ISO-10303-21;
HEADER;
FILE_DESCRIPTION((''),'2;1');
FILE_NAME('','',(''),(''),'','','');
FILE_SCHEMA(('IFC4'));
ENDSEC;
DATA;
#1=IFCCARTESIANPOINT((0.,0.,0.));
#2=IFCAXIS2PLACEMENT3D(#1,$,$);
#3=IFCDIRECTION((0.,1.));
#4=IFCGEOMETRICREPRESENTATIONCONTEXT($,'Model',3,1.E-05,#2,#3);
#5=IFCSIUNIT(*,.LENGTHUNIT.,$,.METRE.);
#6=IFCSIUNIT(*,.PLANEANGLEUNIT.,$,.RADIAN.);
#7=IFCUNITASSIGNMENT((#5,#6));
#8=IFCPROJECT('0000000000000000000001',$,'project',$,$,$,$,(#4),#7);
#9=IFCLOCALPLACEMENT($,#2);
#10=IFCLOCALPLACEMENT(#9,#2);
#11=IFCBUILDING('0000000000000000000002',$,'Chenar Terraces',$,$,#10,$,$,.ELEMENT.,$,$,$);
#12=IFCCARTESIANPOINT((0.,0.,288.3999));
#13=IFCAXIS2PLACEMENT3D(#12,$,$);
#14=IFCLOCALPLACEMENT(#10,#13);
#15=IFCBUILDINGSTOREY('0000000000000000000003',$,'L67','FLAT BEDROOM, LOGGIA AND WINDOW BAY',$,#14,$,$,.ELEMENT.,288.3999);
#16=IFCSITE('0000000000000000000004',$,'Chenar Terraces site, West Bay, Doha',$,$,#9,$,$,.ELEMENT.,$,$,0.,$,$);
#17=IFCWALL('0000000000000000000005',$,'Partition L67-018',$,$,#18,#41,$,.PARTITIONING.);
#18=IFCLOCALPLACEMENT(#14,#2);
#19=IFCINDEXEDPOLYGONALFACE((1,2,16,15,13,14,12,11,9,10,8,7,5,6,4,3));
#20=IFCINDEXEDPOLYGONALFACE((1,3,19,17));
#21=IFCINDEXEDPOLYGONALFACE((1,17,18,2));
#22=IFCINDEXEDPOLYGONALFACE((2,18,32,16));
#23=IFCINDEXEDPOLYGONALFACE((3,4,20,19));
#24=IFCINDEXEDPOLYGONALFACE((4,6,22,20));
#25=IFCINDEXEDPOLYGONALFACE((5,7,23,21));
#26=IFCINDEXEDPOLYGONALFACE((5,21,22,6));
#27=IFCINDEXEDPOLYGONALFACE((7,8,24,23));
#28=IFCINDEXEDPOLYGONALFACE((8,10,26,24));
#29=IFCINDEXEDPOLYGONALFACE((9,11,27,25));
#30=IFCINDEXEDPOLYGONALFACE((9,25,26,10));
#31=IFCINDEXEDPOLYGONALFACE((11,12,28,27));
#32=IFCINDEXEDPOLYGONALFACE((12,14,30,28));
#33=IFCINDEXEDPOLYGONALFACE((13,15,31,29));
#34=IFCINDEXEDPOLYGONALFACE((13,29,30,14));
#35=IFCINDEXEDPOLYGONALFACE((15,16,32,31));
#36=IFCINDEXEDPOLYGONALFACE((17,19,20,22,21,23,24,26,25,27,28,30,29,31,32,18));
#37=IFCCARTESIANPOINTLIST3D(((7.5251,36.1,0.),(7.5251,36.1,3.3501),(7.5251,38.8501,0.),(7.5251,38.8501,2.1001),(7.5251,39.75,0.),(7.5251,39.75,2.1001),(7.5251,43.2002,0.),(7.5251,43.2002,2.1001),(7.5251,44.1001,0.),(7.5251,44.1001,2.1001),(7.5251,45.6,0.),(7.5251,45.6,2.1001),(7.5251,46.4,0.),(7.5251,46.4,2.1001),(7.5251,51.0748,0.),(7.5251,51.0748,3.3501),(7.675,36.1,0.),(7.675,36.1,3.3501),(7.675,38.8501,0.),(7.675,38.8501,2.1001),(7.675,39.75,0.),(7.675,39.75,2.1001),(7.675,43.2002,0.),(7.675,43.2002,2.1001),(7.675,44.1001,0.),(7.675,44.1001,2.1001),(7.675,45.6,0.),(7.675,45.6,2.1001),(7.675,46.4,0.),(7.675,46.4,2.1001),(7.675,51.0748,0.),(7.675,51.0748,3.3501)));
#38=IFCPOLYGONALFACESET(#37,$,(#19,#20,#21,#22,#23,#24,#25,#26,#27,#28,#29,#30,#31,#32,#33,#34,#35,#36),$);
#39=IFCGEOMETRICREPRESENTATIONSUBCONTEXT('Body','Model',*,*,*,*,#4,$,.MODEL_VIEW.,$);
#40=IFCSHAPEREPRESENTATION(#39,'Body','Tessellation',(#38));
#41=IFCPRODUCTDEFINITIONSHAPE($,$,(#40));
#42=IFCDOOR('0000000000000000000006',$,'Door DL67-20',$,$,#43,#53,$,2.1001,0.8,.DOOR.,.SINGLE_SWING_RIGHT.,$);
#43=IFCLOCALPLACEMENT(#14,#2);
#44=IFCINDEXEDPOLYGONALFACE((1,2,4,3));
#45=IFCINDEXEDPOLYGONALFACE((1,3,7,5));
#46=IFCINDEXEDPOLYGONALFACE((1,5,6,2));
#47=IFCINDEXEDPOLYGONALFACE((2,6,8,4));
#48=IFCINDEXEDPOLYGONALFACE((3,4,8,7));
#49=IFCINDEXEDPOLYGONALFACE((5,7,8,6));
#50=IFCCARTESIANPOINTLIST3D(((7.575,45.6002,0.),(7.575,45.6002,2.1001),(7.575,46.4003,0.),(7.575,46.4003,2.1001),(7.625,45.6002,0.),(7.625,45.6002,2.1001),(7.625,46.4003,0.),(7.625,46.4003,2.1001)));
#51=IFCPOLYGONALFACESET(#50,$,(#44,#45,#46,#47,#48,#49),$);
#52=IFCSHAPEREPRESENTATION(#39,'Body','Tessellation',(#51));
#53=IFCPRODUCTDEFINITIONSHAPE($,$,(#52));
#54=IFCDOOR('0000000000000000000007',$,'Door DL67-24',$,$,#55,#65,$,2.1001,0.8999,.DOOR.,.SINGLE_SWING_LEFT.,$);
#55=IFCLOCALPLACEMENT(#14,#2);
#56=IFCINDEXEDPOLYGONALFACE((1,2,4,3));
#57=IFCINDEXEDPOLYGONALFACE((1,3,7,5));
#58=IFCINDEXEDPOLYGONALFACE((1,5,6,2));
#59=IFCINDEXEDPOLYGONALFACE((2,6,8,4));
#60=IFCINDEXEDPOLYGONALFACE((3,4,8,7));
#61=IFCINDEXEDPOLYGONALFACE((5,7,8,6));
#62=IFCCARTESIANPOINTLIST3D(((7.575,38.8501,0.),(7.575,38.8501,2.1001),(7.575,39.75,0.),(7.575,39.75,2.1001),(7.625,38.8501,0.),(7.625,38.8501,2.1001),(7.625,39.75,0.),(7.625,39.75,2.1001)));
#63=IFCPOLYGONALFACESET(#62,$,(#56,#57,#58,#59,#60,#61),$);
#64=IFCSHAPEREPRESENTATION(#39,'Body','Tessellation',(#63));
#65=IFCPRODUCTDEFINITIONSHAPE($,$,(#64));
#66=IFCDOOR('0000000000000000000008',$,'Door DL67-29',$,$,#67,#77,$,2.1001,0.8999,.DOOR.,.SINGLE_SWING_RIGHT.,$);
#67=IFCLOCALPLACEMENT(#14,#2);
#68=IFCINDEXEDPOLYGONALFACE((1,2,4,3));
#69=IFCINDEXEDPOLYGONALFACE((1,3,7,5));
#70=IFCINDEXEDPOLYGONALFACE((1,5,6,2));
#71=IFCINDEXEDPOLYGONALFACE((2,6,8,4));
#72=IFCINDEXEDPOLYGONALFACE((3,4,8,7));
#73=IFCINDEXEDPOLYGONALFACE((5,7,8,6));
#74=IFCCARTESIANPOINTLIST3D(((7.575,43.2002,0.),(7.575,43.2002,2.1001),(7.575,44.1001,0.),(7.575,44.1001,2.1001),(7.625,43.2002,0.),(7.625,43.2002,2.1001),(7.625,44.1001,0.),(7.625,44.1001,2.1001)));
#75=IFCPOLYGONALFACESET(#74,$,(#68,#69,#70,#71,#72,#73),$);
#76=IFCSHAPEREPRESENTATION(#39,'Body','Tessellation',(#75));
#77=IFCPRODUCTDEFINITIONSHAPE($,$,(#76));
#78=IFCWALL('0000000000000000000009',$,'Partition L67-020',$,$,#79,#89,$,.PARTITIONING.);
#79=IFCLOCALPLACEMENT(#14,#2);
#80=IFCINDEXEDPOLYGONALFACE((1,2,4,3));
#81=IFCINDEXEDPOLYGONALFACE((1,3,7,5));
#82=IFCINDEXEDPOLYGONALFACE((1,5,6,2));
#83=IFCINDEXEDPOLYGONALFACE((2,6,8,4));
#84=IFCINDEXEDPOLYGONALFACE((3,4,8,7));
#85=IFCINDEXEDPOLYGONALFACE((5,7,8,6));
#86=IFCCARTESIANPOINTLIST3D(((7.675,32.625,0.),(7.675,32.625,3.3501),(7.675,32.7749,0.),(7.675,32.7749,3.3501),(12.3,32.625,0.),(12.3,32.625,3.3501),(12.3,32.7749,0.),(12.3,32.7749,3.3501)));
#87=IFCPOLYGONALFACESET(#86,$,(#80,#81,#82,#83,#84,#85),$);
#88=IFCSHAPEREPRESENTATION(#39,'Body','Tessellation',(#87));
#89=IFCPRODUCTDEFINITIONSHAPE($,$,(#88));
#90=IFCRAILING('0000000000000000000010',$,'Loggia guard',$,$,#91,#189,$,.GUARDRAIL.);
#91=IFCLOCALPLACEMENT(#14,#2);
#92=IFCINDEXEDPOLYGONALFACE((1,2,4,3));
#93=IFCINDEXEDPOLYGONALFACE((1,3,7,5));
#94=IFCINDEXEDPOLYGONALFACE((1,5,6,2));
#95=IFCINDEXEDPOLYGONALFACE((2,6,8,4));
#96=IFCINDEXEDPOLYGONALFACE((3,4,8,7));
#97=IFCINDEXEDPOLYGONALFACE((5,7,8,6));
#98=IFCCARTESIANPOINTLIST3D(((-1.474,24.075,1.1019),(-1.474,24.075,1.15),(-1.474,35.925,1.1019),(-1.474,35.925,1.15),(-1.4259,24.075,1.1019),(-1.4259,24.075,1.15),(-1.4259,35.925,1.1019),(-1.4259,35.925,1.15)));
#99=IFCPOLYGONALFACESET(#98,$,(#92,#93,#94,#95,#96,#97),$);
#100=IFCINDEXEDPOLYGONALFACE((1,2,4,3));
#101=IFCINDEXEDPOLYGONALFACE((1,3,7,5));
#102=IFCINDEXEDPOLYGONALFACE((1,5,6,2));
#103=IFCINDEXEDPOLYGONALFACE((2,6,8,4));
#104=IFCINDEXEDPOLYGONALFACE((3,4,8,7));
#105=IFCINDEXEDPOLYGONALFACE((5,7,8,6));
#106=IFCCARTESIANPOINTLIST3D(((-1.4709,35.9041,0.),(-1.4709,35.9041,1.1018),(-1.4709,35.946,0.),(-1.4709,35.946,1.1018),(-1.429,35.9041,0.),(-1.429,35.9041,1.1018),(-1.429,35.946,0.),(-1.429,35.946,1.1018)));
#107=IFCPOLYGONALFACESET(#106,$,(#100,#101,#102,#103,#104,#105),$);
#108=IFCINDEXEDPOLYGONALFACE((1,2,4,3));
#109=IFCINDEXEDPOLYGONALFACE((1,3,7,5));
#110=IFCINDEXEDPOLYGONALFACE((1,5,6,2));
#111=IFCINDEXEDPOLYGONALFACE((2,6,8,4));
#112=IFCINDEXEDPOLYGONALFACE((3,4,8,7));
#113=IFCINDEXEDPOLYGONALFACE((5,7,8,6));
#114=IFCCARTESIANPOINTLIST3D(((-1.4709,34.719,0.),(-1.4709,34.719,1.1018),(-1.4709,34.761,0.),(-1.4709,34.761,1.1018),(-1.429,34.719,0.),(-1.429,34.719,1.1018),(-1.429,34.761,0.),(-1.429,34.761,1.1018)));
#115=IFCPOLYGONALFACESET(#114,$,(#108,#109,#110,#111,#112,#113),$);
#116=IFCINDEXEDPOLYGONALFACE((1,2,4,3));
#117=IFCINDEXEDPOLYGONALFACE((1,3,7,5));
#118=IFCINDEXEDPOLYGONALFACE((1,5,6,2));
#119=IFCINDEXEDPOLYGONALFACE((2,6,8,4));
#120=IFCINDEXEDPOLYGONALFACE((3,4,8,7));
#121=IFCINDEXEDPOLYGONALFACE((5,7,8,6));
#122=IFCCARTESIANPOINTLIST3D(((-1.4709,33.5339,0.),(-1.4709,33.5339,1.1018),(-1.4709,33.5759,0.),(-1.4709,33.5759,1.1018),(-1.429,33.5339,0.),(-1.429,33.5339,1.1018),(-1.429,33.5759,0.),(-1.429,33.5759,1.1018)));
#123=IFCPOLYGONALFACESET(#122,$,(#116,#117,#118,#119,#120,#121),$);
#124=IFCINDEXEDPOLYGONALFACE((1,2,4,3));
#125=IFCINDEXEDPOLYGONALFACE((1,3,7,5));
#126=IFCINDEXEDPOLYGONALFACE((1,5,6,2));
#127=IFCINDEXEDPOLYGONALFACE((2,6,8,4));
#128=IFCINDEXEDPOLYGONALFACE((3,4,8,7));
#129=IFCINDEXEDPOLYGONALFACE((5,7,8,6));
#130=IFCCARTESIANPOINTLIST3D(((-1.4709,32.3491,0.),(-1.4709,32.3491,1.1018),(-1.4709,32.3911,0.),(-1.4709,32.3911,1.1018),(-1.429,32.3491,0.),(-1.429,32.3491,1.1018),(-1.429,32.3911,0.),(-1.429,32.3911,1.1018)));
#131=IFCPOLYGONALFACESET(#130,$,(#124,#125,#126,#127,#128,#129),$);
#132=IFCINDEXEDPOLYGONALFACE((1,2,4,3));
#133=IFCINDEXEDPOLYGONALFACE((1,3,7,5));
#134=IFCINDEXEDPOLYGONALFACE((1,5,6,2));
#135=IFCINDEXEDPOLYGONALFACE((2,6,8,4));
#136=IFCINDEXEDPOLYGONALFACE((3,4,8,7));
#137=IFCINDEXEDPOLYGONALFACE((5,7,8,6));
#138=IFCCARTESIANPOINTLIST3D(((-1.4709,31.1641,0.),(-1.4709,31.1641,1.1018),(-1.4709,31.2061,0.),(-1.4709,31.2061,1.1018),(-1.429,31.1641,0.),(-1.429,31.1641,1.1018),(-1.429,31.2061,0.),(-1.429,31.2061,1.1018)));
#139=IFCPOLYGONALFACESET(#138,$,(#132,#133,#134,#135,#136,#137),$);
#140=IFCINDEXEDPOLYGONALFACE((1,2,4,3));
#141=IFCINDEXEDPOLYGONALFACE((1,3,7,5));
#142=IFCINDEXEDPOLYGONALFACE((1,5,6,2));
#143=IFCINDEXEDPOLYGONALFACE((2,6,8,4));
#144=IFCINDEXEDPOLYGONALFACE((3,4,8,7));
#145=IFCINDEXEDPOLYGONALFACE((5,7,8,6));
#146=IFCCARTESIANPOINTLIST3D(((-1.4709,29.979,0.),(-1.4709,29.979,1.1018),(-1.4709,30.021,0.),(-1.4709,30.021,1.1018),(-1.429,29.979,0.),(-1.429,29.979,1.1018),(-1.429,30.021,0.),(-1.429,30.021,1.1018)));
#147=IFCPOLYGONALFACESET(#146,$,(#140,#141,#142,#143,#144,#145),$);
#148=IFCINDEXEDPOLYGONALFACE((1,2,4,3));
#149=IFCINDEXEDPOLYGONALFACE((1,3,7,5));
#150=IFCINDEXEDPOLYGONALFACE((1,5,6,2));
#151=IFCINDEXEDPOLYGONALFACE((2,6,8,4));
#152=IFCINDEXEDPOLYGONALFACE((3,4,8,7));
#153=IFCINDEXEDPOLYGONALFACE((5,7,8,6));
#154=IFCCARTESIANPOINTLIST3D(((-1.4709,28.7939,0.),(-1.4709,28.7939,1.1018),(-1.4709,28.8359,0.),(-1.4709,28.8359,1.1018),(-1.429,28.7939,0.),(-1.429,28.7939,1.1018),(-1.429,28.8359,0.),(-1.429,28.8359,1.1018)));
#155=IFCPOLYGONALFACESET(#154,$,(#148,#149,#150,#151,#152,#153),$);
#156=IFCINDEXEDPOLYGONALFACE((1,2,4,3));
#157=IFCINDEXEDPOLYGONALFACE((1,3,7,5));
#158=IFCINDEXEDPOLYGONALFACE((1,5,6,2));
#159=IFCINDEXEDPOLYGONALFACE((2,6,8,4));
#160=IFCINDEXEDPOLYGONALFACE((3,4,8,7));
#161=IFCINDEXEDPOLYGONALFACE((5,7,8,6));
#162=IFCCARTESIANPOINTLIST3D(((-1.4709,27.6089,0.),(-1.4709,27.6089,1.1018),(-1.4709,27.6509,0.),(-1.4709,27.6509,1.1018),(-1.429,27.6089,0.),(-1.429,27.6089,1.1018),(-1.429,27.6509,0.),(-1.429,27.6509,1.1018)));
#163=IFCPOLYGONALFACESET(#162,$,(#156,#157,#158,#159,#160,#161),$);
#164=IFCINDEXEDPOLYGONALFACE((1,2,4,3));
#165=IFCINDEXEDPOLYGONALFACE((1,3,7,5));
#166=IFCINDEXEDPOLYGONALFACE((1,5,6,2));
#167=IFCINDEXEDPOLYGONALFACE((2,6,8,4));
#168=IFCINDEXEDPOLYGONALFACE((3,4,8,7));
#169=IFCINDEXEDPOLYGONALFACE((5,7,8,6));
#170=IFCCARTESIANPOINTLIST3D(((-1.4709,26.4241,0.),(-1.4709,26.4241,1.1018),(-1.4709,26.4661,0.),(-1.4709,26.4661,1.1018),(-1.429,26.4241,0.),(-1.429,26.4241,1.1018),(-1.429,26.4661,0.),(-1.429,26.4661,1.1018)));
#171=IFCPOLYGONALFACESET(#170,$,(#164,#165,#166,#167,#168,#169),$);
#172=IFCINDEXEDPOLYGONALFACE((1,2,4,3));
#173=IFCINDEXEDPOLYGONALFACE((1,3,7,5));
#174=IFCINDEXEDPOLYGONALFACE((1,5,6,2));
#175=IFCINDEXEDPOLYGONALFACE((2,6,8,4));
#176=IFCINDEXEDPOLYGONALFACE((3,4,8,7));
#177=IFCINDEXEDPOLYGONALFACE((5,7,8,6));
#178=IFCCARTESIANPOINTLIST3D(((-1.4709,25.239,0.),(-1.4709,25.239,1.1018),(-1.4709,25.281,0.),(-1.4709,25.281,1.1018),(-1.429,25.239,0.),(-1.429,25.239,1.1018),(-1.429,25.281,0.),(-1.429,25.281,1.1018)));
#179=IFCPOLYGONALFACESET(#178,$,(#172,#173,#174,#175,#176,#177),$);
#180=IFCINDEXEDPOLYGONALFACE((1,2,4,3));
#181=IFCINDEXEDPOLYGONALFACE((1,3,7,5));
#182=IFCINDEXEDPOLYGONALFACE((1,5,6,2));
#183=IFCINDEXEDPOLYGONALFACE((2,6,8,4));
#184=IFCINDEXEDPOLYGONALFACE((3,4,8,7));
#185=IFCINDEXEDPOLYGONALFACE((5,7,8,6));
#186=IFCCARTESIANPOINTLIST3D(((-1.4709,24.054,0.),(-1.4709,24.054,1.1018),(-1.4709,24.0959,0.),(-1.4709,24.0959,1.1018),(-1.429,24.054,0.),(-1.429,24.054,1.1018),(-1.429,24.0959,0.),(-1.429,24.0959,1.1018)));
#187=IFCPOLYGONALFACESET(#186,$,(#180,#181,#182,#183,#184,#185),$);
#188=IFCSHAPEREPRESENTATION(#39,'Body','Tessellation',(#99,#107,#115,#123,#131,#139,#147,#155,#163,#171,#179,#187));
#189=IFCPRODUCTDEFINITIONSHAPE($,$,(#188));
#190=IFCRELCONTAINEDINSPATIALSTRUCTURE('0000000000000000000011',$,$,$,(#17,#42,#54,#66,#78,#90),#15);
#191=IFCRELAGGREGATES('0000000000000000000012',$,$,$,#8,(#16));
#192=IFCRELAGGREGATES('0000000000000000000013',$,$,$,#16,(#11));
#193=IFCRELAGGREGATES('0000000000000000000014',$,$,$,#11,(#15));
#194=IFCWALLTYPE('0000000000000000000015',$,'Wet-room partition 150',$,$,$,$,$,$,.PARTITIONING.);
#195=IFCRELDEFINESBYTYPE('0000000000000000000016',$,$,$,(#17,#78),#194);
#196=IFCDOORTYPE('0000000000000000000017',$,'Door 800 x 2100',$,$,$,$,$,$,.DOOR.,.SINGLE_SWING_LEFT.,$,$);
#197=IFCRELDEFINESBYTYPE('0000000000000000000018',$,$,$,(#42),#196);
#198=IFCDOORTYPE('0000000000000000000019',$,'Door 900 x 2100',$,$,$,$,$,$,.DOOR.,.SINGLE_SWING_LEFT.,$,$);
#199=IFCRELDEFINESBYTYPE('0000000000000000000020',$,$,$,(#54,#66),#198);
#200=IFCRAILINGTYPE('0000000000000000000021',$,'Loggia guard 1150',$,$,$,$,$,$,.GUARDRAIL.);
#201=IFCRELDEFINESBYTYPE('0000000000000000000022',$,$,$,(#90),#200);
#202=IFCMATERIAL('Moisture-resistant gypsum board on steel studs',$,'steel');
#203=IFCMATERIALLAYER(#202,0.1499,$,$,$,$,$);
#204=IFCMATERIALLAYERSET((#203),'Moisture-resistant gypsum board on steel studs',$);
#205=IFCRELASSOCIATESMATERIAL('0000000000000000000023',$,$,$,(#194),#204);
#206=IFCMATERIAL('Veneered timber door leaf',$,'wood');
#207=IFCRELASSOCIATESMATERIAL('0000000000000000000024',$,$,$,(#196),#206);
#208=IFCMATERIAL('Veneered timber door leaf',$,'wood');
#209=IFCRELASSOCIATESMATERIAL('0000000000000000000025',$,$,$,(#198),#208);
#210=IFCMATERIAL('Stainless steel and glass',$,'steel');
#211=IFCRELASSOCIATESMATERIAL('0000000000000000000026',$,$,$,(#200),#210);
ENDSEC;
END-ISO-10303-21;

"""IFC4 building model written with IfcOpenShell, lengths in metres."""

from ifc_helpers import new_model, si_unit, direction, frame, frame_2d, origin, origin_2d, place, context, subcontext, project, spatial, rectangle, extrude, material, layer, layer_set, type_object, element, fill, save


model = new_model("IFC4")

# Units and contexts
model_context = context("Model", 3, precision=1e-05, world=origin(), true_north=direction((0.0, 1.0)))
body_context = subcontext(model_context, "Body", "Model", "MODEL_VIEW")
ifc_project = project(units=[si_unit("LENGTHUNIT", "METRE"), si_unit("PLANEANGLEUNIT", "RADIAN")], contexts=[model_context])

# Site, building, storey
site_placement = place(None, origin())
site = spatial("IfcSite", under=ifc_project, at=site_placement, Name="Chenar Terraces site, West Bay, Doha", CompositionType="ELEMENT", RefElevation=0.0)
building_placement = place(site_placement, origin())
building = spatial("IfcBuilding", under=site, at=building_placement, Name="Chenar Terraces", CompositionType="ELEMENT")
storey_placement = place(building_placement, frame((0.0, 0.0, 288.3999)))
storey = spatial("IfcBuildingStorey", under=building, at=storey_placement, Name="L67", Description="FLAT BEDROOM, LOGGIA AND WINDOW BAY", CompositionType="ELEMENT", Elevation=288.3999)

# Shared definitions
ifc_material_1 = material(Name="Moisture-resistant gypsum board on steel studs", Category="steel")
ifc_layer_1 = layer(ifc_material_1, 0.1499)
ifc_layer_set_1 = layer_set([ifc_layer_1], Name="Moisture-resistant gypsum board on steel studs")
wall_type_1 = type_object("IfcWallType", Name="Wet-room partition 150", PredefinedType="PARTITIONING", material=ifc_layer_set_1)

# Shared definitions
ifc_material_2 = material(Name="Veneered timber door leaf", Category="wood")
door_type_1 = type_object("IfcDoorType", Name="Door 800 x 2100", OperationType="SINGLE_SWING_LEFT", PredefinedType="DOOR", material=ifc_material_2)

# Shared definitions
ifc_material_3 = material(Name="Veneered timber door leaf", Category="wood")
door_type_2 = type_object("IfcDoorType", Name="Door 900 x 2100", OperationType="SINGLE_SWING_LEFT", PredefinedType="DOOR", material=ifc_material_3)

# Wall, openings, doors
wall_1_placement = place(storey_placement, frame((7.6001, 36.1001, 0.0), z_axis=(0.0, 0.0, 1.0), x_axis=(0.0, 1.0, 0.0)))
wall_1 = element("IfcWall", 1, at=wall_1_placement, inside=storey, type_object=wall_type_1, Name="Partition L67-018", PredefinedType="PARTITIONING", context=body_context, shape_type="SweptSolid", body=[
    extrude(rectangle(XDim=14.9749, YDim=0.1499, at=frame_2d((7.4873, 0.0))), origin(), (0.0, 0.0, 1.0), 3.3501),
])
opening_1_placement = place(wall_1_placement, frame((9.5, 0.0, 0.0)))
opening_1 = element("IfcOpeningElement", 2, at=opening_1_placement, cuts=wall_1, PredefinedType="OPENING", context=body_context, shape_type="SweptSolid", body=[
    extrude(rectangle(XDim=0.8, YDim=2.1001, at=frame_2d((0.3999, 1.05))), frame((0.0, 0.085, 0.0), z_axis=(0.0, -1.0, 0.0), x_axis=(1.0, 0.0, 0.0)), (0.0, 0.0, 1.0), 0.1699),
])
opening_2_placement = place(wall_1_placement, frame((2.75, 0.0, 0.0)))
opening_2 = element("IfcOpeningElement", 3, at=opening_2_placement, cuts=wall_1, PredefinedType="OPENING", context=body_context, shape_type="SweptSolid", body=[
    extrude(rectangle(XDim=0.8999, YDim=2.1001, at=frame_2d((0.45, 1.05))), frame((0.0, 0.085, 0.0), z_axis=(0.0, -1.0, 0.0), x_axis=(1.0, 0.0, 0.0)), (0.0, 0.0, 1.0), 0.1699),
])
opening_3_placement = place(wall_1_placement, frame((7.1001, 0.0, 0.0)))
opening_3 = element("IfcOpeningElement", 4, at=opening_3_placement, cuts=wall_1, PredefinedType="OPENING", context=body_context, shape_type="SweptSolid", body=[
    extrude(rectangle(XDim=0.8999, YDim=2.1001, at=frame_2d((0.45, 1.05))), frame((0.0, 0.085, 0.0), z_axis=(0.0, -1.0, 0.0), x_axis=(1.0, 0.0, 0.0)), (0.0, 0.0, 1.0), 0.1699),
])
door_1_placement = place(opening_1_placement, frame((0.8, 0.0, 0.0), z_axis=(0.0, 0.0, 1.0), x_axis=(-1.0, 0.0, 0.0)))
door_1 = element("IfcDoor", 5, at=door_1_placement, inside=storey, type_object=door_type_1, Name="Door DL67-20", OperationType="SINGLE_SWING_RIGHT", OverallHeight=2.1001, OverallWidth=0.8, PredefinedType="DOOR", context=body_context, shape_type="SweptSolid", body=[
    extrude(rectangle(XDim=0.8, YDim=2.1001, at=frame_2d((0.3999, 1.05))), frame((0.0, 0.0249, 0.0), z_axis=(0.0, -1.0, 0.0), x_axis=(1.0, 0.0, 0.0)), (0.0, 0.0, 1.0), 0.05),
])
fill(opening_1, door_1)
door_2_placement = place(opening_2_placement, frame((0.8999, 0.0, 0.0), z_axis=(0.0, 0.0, 1.0), x_axis=(-1.0, 0.0, 0.0)))
door_2 = element("IfcDoor", 6, at=door_2_placement, inside=storey, type_object=door_type_2, Name="Door DL67-24", OperationType="SINGLE_SWING_LEFT", OverallHeight=2.1001, OverallWidth=0.8999, PredefinedType="DOOR", context=body_context, shape_type="SweptSolid", body=[
    extrude(rectangle(XDim=0.8999, YDim=2.1001, at=frame_2d((0.45, 1.05))), frame((0.0, 0.0249, 0.0), z_axis=(0.0, -1.0, 0.0), x_axis=(1.0, 0.0, 0.0)), (0.0, 0.0, 1.0), 0.05),
])
fill(opening_2, door_2)
door_3_placement = place(opening_3_placement, frame((0.8999, 0.0, 0.0), z_axis=(0.0, 0.0, 1.0), x_axis=(-1.0, 0.0, 0.0)))
door_3 = element("IfcDoor", 7, at=door_3_placement, inside=storey, type_object=door_type_2, Name="Door DL67-29", OperationType="SINGLE_SWING_RIGHT", OverallHeight=2.1001, OverallWidth=0.8999, PredefinedType="DOOR", context=body_context, shape_type="SweptSolid", body=[
    extrude(rectangle(XDim=0.8999, YDim=2.1001, at=frame_2d((0.45, 1.05))), frame((0.0, 0.0249, 0.0), z_axis=(0.0, -1.0, 0.0), x_axis=(1.0, 0.0, 0.0)), (0.0, 0.0, 1.0), 0.05),
])
fill(opening_3, door_3)

# Wall
wall_2_placement = place(storey_placement, frame((7.675, 32.7, 0.0), z_axis=(0.0, 0.0, 1.0), x_axis=(1.0, 0.0, 0.0)))
element("IfcWall", 8, at=wall_2_placement, inside=storey, type_object=wall_type_1, Name="Partition L67-020", PredefinedType="PARTITIONING", context=body_context, shape_type="SweptSolid", body=[
    extrude(rectangle(XDim=4.625, YDim=0.1499, at=frame_2d((2.3125, 0.0))), origin(), (0.0, 0.0, 1.0), 3.3501),
])

# Railing
ifc_material_4 = material(Name="Stainless steel and glass", Category="steel")
railing_type = type_object("IfcRailingType", Name="Loggia guard 1150", PredefinedType="GUARDRAIL", material=ifc_material_4)
railing_placement = place(storey_placement, frame((-1.45, 35.925, 0.0)))
element("IfcRailing", 9, at=railing_placement, inside=storey, type_object=railing_type, Name="Loggia guard", PredefinedType="GUARDRAIL", context=body_context, shape_type="SweptSolid", body=[
    extrude(rectangle(XDim=0.0481, YDim=0.0481, at=origin_2d()), frame((0.0, 0.0, 1.126), z_axis=(0.0, -1.0, 0.0), x_axis=(1.0, 0.0, 0.0)), (0.0, 0.0, 1.0), 11.8501),
    extrude(rectangle(XDim=0.042, YDim=0.042, at=origin_2d()), origin(), (0.0, 0.0, 1.0), 1.1018),
    extrude(rectangle(XDim=0.042, YDim=0.042, at=origin_2d()), frame((0.0, -1.1851, 0.0)), (0.0, 0.0, 1.0), 1.1018),
    extrude(rectangle(XDim=0.042, YDim=0.042, at=origin_2d()), frame((0.0, -2.3701, 0.0)), (0.0, 0.0, 1.0), 1.1018),
    extrude(rectangle(XDim=0.042, YDim=0.042, at=origin_2d()), frame((0.0, -3.5549, 0.0)), (0.0, 0.0, 1.0), 1.1018),
    extrude(rectangle(XDim=0.042, YDim=0.042, at=origin_2d()), frame((0.0, -4.74, 0.0)), (0.0, 0.0, 1.0), 1.1018),
    extrude(rectangle(XDim=0.042, YDim=0.042, at=origin_2d()), frame((0.0, -5.925, 0.0)), (0.0, 0.0, 1.0), 1.1018),
    extrude(rectangle(XDim=0.042, YDim=0.042, at=origin_2d()), frame((0.0, -7.1101, 0.0)), (0.0, 0.0, 1.0), 1.1018),
    extrude(rectangle(XDim=0.042, YDim=0.042, at=origin_2d()), frame((0.0, -8.2952, 0.0)), (0.0, 0.0, 1.0), 1.1018),
    extrude(rectangle(XDim=0.042, YDim=0.042, at=origin_2d()), frame((0.0, -9.48, 0.0)), (0.0, 0.0, 1.0), 1.1018),
    extrude(rectangle(XDim=0.042, YDim=0.042, at=origin_2d()), frame((0.0, -10.665, 0.0)), (0.0, 0.0, 1.0), 1.1018),
    extrude(rectangle(XDim=0.042, YDim=0.042, at=origin_2d()), frame((0.0, -11.8501, 0.0)), (0.0, 0.0, 1.0), 1.1018),
])

save(model, "model.ifc")
